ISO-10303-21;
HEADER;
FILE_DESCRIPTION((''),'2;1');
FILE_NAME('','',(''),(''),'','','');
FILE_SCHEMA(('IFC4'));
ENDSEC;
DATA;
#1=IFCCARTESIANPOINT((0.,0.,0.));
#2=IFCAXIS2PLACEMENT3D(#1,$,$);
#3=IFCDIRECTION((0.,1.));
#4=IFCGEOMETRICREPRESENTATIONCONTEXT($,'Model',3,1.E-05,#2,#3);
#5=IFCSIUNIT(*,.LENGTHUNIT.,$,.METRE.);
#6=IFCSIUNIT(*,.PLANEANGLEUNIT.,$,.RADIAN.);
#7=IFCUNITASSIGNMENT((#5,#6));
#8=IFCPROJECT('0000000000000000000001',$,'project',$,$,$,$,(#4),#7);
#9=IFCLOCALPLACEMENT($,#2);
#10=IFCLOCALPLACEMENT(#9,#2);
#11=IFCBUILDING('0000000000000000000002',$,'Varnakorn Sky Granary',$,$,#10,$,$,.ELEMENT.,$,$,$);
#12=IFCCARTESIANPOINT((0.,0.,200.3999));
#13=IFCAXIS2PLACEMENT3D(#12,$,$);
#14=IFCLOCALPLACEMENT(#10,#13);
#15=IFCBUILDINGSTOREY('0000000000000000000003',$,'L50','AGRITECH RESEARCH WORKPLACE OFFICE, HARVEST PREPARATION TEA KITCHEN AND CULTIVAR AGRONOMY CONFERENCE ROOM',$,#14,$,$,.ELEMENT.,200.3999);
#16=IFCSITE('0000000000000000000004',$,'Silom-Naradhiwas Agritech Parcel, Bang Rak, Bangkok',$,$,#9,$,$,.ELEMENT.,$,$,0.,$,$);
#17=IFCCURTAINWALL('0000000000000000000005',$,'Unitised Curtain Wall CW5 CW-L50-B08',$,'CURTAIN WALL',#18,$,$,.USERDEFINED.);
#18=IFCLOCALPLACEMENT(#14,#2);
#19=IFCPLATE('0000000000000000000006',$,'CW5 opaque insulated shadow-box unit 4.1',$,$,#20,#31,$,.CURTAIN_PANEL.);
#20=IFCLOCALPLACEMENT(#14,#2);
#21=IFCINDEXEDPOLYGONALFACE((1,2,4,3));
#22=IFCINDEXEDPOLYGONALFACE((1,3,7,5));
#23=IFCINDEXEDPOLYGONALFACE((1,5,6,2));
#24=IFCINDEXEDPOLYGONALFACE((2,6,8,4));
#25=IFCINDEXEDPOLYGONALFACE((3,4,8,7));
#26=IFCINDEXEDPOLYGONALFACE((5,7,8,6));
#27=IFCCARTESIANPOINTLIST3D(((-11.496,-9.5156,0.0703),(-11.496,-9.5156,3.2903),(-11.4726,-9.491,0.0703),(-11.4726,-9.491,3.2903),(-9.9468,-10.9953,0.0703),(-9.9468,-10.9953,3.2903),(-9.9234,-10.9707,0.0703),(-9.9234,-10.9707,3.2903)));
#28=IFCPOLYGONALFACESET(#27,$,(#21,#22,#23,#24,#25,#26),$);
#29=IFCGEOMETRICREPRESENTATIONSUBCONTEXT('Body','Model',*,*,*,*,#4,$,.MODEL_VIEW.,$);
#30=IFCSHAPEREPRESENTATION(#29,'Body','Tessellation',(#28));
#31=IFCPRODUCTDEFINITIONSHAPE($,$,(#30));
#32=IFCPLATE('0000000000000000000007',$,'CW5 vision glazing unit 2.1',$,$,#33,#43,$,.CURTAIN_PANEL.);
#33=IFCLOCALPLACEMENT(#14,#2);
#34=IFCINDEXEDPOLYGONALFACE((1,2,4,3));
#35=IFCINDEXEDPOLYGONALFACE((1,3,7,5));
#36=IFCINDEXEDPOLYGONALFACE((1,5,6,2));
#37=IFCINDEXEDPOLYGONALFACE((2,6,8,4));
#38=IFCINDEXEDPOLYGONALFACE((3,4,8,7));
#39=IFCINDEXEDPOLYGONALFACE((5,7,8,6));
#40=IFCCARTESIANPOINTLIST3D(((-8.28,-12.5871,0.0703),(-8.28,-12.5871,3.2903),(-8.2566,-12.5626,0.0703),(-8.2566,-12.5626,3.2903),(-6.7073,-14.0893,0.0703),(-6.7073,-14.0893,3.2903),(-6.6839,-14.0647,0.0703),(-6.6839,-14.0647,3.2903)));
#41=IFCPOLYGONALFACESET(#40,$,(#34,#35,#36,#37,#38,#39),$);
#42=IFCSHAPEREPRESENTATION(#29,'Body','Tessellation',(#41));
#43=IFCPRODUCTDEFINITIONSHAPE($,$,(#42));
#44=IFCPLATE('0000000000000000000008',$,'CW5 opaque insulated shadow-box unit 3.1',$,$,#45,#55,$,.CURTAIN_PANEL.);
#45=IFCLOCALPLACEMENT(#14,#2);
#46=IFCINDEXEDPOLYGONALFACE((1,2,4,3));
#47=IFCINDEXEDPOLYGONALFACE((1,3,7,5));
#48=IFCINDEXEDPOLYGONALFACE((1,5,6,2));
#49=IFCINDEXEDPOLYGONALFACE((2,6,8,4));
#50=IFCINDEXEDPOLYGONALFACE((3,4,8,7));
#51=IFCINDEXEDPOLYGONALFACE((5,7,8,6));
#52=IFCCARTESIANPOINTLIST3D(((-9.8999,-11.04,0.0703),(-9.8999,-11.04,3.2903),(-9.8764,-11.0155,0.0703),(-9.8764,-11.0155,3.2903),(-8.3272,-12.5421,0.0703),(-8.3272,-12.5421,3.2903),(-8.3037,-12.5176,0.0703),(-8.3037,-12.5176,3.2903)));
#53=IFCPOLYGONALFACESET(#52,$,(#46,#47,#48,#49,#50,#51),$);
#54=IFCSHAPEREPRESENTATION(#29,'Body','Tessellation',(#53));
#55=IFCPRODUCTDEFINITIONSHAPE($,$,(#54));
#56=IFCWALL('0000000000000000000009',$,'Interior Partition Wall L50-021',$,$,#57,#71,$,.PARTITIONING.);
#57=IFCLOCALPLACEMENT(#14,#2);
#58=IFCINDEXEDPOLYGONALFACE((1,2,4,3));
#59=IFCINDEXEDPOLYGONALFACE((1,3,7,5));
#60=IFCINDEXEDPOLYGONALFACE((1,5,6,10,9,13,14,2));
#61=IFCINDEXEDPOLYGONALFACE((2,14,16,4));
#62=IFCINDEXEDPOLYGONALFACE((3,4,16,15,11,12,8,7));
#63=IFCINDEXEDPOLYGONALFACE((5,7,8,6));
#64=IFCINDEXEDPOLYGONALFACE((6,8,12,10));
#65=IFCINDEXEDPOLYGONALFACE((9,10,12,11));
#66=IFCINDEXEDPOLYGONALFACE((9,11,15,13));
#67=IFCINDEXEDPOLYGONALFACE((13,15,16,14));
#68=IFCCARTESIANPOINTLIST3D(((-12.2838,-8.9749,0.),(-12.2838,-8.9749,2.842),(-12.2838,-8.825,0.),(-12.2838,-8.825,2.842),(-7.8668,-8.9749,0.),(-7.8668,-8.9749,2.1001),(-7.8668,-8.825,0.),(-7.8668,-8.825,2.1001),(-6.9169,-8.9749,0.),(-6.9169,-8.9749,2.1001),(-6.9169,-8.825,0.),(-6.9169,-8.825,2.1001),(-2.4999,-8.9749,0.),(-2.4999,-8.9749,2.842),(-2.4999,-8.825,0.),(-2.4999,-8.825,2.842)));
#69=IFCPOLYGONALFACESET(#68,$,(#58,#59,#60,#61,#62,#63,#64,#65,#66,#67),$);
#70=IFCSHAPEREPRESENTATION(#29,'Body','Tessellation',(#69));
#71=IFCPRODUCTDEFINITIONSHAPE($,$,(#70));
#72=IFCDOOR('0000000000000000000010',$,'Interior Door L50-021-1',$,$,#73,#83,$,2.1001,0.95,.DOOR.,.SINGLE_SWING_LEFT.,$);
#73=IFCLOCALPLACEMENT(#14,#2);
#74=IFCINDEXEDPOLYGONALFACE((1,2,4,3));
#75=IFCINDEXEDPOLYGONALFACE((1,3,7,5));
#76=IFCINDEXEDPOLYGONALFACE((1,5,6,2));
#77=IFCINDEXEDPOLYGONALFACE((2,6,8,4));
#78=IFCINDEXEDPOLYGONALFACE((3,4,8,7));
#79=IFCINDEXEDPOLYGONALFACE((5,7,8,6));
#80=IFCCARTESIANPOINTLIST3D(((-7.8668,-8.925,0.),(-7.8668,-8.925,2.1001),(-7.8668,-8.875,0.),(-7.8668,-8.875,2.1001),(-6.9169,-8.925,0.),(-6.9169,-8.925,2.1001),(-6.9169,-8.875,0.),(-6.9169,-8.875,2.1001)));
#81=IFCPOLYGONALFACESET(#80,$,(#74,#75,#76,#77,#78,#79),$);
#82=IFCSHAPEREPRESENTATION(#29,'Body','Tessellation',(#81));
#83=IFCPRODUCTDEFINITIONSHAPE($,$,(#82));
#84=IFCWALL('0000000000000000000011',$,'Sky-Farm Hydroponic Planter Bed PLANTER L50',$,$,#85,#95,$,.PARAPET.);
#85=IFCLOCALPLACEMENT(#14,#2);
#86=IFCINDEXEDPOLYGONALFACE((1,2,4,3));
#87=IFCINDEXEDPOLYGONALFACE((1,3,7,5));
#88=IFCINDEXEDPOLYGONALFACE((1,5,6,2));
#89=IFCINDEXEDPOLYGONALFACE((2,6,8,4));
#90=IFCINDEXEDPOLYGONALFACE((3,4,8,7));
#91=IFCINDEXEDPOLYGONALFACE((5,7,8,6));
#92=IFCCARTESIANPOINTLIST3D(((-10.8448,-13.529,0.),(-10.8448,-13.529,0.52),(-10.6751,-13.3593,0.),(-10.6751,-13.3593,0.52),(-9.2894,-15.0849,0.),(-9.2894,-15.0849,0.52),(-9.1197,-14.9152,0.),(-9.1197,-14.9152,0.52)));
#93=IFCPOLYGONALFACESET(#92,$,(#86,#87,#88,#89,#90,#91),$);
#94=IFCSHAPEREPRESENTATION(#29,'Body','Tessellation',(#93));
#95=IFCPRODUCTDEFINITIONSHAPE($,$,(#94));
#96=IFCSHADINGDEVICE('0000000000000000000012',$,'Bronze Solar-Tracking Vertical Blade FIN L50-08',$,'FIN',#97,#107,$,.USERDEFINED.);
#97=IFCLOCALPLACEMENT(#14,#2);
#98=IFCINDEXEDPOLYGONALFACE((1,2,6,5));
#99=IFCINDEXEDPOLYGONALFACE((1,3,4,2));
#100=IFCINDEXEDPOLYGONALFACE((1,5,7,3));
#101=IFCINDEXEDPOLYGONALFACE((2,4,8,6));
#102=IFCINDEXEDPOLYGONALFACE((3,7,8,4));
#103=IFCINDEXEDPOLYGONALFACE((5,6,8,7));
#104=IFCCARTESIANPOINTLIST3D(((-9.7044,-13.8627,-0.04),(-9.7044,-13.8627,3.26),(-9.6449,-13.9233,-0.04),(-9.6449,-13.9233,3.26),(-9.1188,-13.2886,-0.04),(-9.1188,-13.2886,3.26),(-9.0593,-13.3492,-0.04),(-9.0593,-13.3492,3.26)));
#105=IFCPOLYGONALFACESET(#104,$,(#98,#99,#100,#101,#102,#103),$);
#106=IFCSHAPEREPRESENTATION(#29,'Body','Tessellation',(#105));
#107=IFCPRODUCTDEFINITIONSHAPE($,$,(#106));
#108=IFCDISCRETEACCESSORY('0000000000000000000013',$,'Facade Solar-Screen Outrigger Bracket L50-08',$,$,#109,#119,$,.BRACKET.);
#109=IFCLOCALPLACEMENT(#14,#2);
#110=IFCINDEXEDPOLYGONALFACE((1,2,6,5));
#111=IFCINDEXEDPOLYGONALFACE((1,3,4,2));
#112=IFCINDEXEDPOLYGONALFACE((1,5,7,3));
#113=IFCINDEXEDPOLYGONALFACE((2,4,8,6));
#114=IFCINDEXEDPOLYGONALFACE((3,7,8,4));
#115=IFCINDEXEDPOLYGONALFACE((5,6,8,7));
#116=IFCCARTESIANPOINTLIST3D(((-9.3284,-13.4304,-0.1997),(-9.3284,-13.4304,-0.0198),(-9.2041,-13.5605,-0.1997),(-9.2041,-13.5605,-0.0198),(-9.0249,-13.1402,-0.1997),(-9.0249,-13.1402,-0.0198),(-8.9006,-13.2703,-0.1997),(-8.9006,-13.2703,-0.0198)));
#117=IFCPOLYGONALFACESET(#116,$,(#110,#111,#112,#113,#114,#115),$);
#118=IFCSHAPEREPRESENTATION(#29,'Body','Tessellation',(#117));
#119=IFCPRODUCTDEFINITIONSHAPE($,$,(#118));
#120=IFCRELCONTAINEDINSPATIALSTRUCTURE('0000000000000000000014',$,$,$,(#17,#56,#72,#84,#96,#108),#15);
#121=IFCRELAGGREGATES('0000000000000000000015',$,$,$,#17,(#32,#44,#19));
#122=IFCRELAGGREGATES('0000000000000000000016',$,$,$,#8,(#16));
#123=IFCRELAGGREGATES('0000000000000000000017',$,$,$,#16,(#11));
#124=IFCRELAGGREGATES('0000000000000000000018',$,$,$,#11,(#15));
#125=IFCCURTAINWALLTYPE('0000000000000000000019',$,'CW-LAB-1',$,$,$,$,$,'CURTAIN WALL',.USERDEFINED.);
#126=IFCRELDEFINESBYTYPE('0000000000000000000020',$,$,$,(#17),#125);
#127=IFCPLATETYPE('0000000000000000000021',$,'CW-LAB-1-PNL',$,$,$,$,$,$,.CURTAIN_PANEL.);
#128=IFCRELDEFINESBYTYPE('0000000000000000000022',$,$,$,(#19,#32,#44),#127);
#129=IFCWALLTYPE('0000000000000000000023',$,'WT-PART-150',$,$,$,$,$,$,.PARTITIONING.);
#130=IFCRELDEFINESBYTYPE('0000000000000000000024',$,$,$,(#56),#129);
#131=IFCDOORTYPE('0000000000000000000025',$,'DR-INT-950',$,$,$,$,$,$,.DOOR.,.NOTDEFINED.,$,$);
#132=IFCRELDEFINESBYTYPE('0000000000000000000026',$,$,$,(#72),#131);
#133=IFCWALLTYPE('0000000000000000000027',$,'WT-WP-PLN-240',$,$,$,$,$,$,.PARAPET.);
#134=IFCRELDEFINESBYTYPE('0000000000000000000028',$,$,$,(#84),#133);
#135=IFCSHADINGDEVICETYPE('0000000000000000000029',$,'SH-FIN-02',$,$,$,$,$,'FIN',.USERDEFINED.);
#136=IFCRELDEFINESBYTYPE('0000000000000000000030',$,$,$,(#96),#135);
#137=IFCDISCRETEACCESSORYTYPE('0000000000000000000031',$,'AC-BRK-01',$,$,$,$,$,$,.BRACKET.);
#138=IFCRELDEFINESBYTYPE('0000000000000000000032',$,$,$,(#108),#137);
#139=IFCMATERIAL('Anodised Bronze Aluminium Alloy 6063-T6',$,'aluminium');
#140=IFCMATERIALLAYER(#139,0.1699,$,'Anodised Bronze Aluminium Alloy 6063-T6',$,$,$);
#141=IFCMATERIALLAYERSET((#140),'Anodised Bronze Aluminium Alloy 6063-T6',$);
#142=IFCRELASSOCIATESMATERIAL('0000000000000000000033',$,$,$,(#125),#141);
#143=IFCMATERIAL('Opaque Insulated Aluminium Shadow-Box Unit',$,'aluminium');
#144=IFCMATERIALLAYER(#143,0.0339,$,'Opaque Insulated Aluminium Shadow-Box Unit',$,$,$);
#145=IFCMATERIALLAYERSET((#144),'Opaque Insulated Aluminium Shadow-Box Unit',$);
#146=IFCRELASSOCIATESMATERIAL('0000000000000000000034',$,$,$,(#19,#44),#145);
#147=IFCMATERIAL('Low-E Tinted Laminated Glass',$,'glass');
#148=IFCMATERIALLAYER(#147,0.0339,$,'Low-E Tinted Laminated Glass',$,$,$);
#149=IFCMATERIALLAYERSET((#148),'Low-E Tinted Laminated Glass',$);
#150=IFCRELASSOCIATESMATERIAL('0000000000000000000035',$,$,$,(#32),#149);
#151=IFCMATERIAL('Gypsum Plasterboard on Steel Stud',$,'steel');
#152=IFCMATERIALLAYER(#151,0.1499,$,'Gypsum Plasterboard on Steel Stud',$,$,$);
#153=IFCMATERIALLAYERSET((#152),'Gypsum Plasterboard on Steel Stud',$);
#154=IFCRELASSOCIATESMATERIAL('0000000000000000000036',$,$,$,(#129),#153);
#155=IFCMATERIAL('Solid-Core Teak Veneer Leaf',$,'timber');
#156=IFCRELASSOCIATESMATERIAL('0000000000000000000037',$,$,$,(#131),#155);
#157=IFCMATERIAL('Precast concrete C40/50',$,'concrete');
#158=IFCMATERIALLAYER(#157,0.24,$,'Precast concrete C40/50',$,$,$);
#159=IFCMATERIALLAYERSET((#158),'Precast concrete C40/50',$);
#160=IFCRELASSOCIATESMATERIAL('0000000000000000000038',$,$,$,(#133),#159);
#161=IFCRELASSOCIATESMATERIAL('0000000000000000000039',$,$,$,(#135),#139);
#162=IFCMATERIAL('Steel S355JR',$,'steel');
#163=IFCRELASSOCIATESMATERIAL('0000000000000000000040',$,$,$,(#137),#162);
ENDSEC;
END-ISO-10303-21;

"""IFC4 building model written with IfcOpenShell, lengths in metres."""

from ifc_helpers import new_model, si_unit, direction, frame, frame_2d, origin, origin_2d, place, context, subcontext, project, spatial, rectangle, extrude, source, transform, mapped, material, layer, layer_set, type_object, type_shapes, element, fill, aggregate, save


model = new_model("IFC4")

# Units and contexts
model_context = context("Model", 3, precision=1e-05, world=origin(), true_north=direction((0.0, 1.0)))
body_context = subcontext(model_context, "Body", "Model", "MODEL_VIEW")
ifc_project = project(units=[si_unit("LENGTHUNIT", "METRE"), si_unit("PLANEANGLEUNIT", "RADIAN")], contexts=[model_context])

# Site, building, storey
site_placement = place(None, origin())
site = spatial("IfcSite", under=ifc_project, at=site_placement, Name="Silom-Naradhiwas Agritech Parcel, Bang Rak, Bangkok", CompositionType="ELEMENT", RefElevation=0.0)
building_placement = place(site_placement, origin())
building = spatial("IfcBuilding", under=site, at=building_placement, Name="Varnakorn Sky Granary", CompositionType="ELEMENT")
storey_placement = place(building_placement, frame((0.0, 0.0, 200.3999)))
storey = spatial("IfcBuildingStorey", under=building, at=storey_placement, Name="L50", Description="AGRITECH RESEARCH WORKPLACE OFFICE, HARVEST PREPARATION TEA KITCHEN AND CULTIVAR AGRONOMY CONFERENCE ROOM", CompositionType="ELEMENT", Elevation=200.3999)

# Shared definitions
ifc_material_1 = material(Name="Steel S355JR", Category="steel")

# Curtain wall
ifc_material_2 = material(Name="Anodised Bronze Aluminium Alloy 6063-T6", Category="aluminium")
ifc_layer_1 = layer(ifc_material_2, 0.1699, Name="Anodised Bronze Aluminium Alloy 6063-T6")
ifc_layer_set_1 = layer_set([ifc_layer_1], Name="Anodised Bronze Aluminium Alloy 6063-T6")
curtain_wall_type = type_object("IfcCurtainWallType", Name="CW-LAB-1", ElementType="CURTAIN WALL", PredefinedType="USERDEFINED", material=ifc_layer_set_1)
curtain_wall_placement = place(storey_placement, origin())
curtain_wall = element("IfcCurtainWall", 1, at=curtain_wall_placement, inside=storey, type_object=curtain_wall_type, Name="Unitised Curtain Wall CW5 CW-L50-B08", ObjectType="CURTAIN WALL", PredefinedType="USERDEFINED")

# Plates
ifc_material_3 = material(Name="Low-E Tinted Laminated Glass", Category="glass")
ifc_layer_2 = layer(ifc_material_3, 0.0339, Name="Low-E Tinted Laminated Glass")
ifc_layer_set_2 = layer_set([ifc_layer_2], Name="Low-E Tinted Laminated Glass")
plate_type = type_object("IfcPlateType", Name="CW-LAB-1-PNL", PredefinedType="CURTAIN_PANEL")
shared_shape_1 = source(origin(), body_context, "Body", "SweptSolid", [
    extrude(rectangle(XDim=2.1423, YDim=0.0339, at=origin_2d()), origin(), (0.0, 0.0, 1.0), 3.22),
])
ifc_material_4 = material(Name="Opaque Insulated Aluminium Shadow-Box Unit", Category="aluminium")
ifc_layer_3 = layer(ifc_material_4, 0.0339, Name="Opaque Insulated Aluminium Shadow-Box Unit")
ifc_layer_set_3 = layer_set([ifc_layer_3], Name="Opaque Insulated Aluminium Shadow-Box Unit")
plate_1_placement = place(storey_placement, frame((-10.7097, -10.2432, 0.0703), z_axis=(0.0, 0.0, 1.0), x_axis=(-0.723144, 0.690697, 0.0)))
plate_1 = element("IfcPlate", 2, at=plate_1_placement, type_object=plate_type, material=ifc_layer_set_3, Name="CW5 opaque insulated shadow-box unit 4.1", PredefinedType="CURTAIN_PANEL", context=body_context, shape_type="MappedRepresentation", body=[
    mapped(shared_shape_1, transform((0.0, 0.0, 0.0), x_axis=(1.0, 0.0, 0.0), y_axis=(0.0, 1.0, 0.0), z_axis=(0.0, 0.0, 1.0), scale=1.0)),
])
shared_shape_2 = source(origin(), body_context, "Body", "SweptSolid", [
    extrude(rectangle(XDim=2.1748, YDim=0.0339, at=origin_2d()), origin(), (0.0, 0.0, 1.0), 3.22),
])
type_shapes(plate_type, [shared_shape_1, shared_shape_2])
plate_2_placement = place(storey_placement, frame((-7.4819, -13.3259, 0.0703), z_axis=(0.0, 0.0, 1.0), x_axis=(-0.723144, 0.690697, 0.0)))
plate_2 = element("IfcPlate", 3, at=plate_2_placement, type_object=plate_type, material=ifc_layer_set_2, Name="CW5 vision glazing unit 2.1", PredefinedType="CURTAIN_PANEL", context=body_context, shape_type="MappedRepresentation", body=[
    mapped(shared_shape_2, transform((0.0, 0.0, 0.0), x_axis=(1.0, 0.0, 0.0), y_axis=(0.0, 1.0, 0.0), z_axis=(0.0, 0.0, 1.0), scale=1.0)),
])
plate_3_placement = place(storey_placement, frame((-9.1018, -11.7788, 0.0703), z_axis=(0.0, 0.0, 1.0), x_axis=(-0.723144, 0.690697, 0.0)))
plate_3 = element("IfcPlate", 4, at=plate_3_placement, type_object=plate_type, material=ifc_layer_set_3, Name="CW5 opaque insulated shadow-box unit 3.1", PredefinedType="CURTAIN_PANEL", context=body_context, shape_type="MappedRepresentation", body=[
    mapped(shared_shape_2, transform((0.0, 0.0, 0.0), x_axis=(1.0, 0.0, 0.0), y_axis=(0.0, 1.0, 0.0), z_axis=(0.0, 0.0, 1.0), scale=1.0)),
])
aggregate(curtain_wall, [plate_2, plate_3, plate_1])

# Wall, opening, door
ifc_material_5 = material(Name="Gypsum Plasterboard on Steel Stud", Category="steel")
ifc_layer_4 = layer(ifc_material_5, 0.1499, Name="Gypsum Plasterboard on Steel Stud")
ifc_layer_set_4 = layer_set([ifc_layer_4], Name="Gypsum Plasterboard on Steel Stud")
wall_type_1 = type_object("IfcWallType", Name="WT-PART-150", PredefinedType="PARTITIONING", material=ifc_layer_set_4)
wall_1_placement = place(storey_placement, frame((-12.2839, -8.8999, 0.0), z_axis=(0.0, 0.0, 1.0), x_axis=(1.0, 0.0, 0.0)))
wall_1 = element("IfcWall", 5, at=wall_1_placement, inside=storey, type_object=wall_type_1, Name="Interior Partition Wall L50-021", PredefinedType="PARTITIONING", context=body_context, shape_type="SweptSolid", body=[
    extrude(rectangle(XDim=9.7839, YDim=0.1499, at=frame_2d((4.8921, 0.0))), origin(), (0.0, 0.0, 1.0), 2.842),
])
opening_placement = place(wall_1_placement, frame((4.417, 0.0, 0.0)))
opening = element("IfcOpeningElement", 6, at=opening_placement, cuts=wall_1, PredefinedType="OPENING", context=body_context, shape_type="SweptSolid", body=[
    extrude(rectangle(XDim=0.95, YDim=2.1001, at=frame_2d((0.4751, 1.05))), frame((0.0, 0.085, 0.0), z_axis=(0.0, -1.0, 0.0), x_axis=(1.0, 0.0, 0.0)), (0.0, 0.0, 1.0), 0.1699),
])
ifc_material_6 = material(Name="Solid-Core Teak Veneer Leaf", Category="timber")
door_type = type_object("IfcDoorType", Name="DR-INT-950", OperationType="NOTDEFINED", PredefinedType="DOOR", material=ifc_material_6)
door_placement = place(opening_placement, origin())
door = element("IfcDoor", 7, at=door_placement, inside=storey, type_object=door_type, Name="Interior Door L50-021-1", OperationType="SINGLE_SWING_LEFT", OverallHeight=2.1001, OverallWidth=0.95, PredefinedType="DOOR", context=body_context, shape_type="SweptSolid", body=[
    extrude(rectangle(XDim=0.95, YDim=2.1001, at=frame_2d((0.4751, 1.05))), frame((0.0, 0.0249, 0.0), z_axis=(0.0, -1.0, 0.0), x_axis=(1.0, 0.0, 0.0)), (0.0, 0.0, 1.0), 0.05),
])
fill(opening, door)

# Wall
ifc_material_7 = material(Name="Precast concrete C40/50", Category="concrete")
ifc_layer_5 = layer(ifc_material_7, 0.24, Name="Precast concrete C40/50")
ifc_layer_set_5 = layer_set([ifc_layer_5], Name="Precast concrete C40/50")
wall_type_2 = type_object("IfcWallType", Name="WT-WP-PLN-240", PredefinedType="PARAPET", material=ifc_layer_set_5)
wall_2_placement = place(storey_placement, frame((-10.76, -13.4441, 0.0), z_axis=(0.0, 0.0, 1.0), x_axis=(0.706996, -0.707218, 0.0)))
element("IfcWall", 8, at=wall_2_placement, inside=storey, type_object=wall_type_2, Name="Sky-Farm Hydroponic Planter Bed PLANTER L50", PredefinedType="PARAPET", context=body_context, shape_type="SweptSolid", body=[
    extrude(rectangle(XDim=2.2, YDim=0.24, at=frame_2d((1.1001, 0.0))), origin(), (0.0, 0.0, 1.0), 0.52),
])

# Shading device
shading_device_type = type_object("IfcShadingDeviceType", Name="SH-FIN-02", ElementType="FIN", PredefinedType="USERDEFINED", material=ifc_material_2)
shared_shape_3 = source(origin(), body_context, "Body", "SweptSolid", [
    extrude(rectangle(XDim=0.085, YDim=0.8201, at=origin_2d()), origin(), (0.0, 0.0, 1.0), 3.3),
])
type_shapes(shading_device_type, [shared_shape_3])
shading_device_placement = place(storey_placement, frame((-9.3818, -13.606, -0.04), z_axis=(0.0, 0.0, 1.0), x_axis=(0.700051, -0.714092, 0.0)))
element("IfcShadingDevice", 9, at=shading_device_placement, inside=storey, type_object=shading_device_type, Name="Bronze Solar-Tracking Vertical Blade FIN L50-08", ObjectType="FIN", PredefinedType="USERDEFINED", context=body_context, shape_type="MappedRepresentation", body=[
    mapped(shared_shape_3, transform((0.0, 0.0, 0.0), x_axis=(1.0, 0.0, 0.0), y_axis=(0.0, 1.0, 0.0), z_axis=(0.0, 0.0, 1.0), scale=1.0)),
])

# Discrete accessory
discrete_accessory_type = type_object("IfcDiscreteAccessoryType", Name="AC-BRK-01", PredefinedType="BRACKET", material=ifc_material_1)
shared_shape_4 = source(origin(), body_context, "Body", "SweptSolid", [
    extrude(rectangle(XDim=0.1799, YDim=0.4199, at=origin_2d()), origin(), (0.0, 0.0, 1.0), 0.1799),
])
type_shapes(discrete_accessory_type, [shared_shape_4])
discrete_accessory_placement = place(storey_placement, frame((-9.1145, -13.3503, -0.1997), z_axis=(0.0, 0.0, 1.0), x_axis=(0.691034, -0.722822, 0.0)))
element("IfcDiscreteAccessory", 10, at=discrete_accessory_placement, inside=storey, type_object=discrete_accessory_type, Name="Facade Solar-Screen Outrigger Bracket L50-08", PredefinedType="BRACKET", context=body_context, shape_type="MappedRepresentation", body=[
    mapped(shared_shape_4, transform((0.0, 0.0, 0.0), x_axis=(1.0, 0.0, 0.0), y_axis=(0.0, 1.0, 0.0), z_axis=(0.0, 0.0, 1.0), scale=1.0)),
])

save(model, "model.ifc")
